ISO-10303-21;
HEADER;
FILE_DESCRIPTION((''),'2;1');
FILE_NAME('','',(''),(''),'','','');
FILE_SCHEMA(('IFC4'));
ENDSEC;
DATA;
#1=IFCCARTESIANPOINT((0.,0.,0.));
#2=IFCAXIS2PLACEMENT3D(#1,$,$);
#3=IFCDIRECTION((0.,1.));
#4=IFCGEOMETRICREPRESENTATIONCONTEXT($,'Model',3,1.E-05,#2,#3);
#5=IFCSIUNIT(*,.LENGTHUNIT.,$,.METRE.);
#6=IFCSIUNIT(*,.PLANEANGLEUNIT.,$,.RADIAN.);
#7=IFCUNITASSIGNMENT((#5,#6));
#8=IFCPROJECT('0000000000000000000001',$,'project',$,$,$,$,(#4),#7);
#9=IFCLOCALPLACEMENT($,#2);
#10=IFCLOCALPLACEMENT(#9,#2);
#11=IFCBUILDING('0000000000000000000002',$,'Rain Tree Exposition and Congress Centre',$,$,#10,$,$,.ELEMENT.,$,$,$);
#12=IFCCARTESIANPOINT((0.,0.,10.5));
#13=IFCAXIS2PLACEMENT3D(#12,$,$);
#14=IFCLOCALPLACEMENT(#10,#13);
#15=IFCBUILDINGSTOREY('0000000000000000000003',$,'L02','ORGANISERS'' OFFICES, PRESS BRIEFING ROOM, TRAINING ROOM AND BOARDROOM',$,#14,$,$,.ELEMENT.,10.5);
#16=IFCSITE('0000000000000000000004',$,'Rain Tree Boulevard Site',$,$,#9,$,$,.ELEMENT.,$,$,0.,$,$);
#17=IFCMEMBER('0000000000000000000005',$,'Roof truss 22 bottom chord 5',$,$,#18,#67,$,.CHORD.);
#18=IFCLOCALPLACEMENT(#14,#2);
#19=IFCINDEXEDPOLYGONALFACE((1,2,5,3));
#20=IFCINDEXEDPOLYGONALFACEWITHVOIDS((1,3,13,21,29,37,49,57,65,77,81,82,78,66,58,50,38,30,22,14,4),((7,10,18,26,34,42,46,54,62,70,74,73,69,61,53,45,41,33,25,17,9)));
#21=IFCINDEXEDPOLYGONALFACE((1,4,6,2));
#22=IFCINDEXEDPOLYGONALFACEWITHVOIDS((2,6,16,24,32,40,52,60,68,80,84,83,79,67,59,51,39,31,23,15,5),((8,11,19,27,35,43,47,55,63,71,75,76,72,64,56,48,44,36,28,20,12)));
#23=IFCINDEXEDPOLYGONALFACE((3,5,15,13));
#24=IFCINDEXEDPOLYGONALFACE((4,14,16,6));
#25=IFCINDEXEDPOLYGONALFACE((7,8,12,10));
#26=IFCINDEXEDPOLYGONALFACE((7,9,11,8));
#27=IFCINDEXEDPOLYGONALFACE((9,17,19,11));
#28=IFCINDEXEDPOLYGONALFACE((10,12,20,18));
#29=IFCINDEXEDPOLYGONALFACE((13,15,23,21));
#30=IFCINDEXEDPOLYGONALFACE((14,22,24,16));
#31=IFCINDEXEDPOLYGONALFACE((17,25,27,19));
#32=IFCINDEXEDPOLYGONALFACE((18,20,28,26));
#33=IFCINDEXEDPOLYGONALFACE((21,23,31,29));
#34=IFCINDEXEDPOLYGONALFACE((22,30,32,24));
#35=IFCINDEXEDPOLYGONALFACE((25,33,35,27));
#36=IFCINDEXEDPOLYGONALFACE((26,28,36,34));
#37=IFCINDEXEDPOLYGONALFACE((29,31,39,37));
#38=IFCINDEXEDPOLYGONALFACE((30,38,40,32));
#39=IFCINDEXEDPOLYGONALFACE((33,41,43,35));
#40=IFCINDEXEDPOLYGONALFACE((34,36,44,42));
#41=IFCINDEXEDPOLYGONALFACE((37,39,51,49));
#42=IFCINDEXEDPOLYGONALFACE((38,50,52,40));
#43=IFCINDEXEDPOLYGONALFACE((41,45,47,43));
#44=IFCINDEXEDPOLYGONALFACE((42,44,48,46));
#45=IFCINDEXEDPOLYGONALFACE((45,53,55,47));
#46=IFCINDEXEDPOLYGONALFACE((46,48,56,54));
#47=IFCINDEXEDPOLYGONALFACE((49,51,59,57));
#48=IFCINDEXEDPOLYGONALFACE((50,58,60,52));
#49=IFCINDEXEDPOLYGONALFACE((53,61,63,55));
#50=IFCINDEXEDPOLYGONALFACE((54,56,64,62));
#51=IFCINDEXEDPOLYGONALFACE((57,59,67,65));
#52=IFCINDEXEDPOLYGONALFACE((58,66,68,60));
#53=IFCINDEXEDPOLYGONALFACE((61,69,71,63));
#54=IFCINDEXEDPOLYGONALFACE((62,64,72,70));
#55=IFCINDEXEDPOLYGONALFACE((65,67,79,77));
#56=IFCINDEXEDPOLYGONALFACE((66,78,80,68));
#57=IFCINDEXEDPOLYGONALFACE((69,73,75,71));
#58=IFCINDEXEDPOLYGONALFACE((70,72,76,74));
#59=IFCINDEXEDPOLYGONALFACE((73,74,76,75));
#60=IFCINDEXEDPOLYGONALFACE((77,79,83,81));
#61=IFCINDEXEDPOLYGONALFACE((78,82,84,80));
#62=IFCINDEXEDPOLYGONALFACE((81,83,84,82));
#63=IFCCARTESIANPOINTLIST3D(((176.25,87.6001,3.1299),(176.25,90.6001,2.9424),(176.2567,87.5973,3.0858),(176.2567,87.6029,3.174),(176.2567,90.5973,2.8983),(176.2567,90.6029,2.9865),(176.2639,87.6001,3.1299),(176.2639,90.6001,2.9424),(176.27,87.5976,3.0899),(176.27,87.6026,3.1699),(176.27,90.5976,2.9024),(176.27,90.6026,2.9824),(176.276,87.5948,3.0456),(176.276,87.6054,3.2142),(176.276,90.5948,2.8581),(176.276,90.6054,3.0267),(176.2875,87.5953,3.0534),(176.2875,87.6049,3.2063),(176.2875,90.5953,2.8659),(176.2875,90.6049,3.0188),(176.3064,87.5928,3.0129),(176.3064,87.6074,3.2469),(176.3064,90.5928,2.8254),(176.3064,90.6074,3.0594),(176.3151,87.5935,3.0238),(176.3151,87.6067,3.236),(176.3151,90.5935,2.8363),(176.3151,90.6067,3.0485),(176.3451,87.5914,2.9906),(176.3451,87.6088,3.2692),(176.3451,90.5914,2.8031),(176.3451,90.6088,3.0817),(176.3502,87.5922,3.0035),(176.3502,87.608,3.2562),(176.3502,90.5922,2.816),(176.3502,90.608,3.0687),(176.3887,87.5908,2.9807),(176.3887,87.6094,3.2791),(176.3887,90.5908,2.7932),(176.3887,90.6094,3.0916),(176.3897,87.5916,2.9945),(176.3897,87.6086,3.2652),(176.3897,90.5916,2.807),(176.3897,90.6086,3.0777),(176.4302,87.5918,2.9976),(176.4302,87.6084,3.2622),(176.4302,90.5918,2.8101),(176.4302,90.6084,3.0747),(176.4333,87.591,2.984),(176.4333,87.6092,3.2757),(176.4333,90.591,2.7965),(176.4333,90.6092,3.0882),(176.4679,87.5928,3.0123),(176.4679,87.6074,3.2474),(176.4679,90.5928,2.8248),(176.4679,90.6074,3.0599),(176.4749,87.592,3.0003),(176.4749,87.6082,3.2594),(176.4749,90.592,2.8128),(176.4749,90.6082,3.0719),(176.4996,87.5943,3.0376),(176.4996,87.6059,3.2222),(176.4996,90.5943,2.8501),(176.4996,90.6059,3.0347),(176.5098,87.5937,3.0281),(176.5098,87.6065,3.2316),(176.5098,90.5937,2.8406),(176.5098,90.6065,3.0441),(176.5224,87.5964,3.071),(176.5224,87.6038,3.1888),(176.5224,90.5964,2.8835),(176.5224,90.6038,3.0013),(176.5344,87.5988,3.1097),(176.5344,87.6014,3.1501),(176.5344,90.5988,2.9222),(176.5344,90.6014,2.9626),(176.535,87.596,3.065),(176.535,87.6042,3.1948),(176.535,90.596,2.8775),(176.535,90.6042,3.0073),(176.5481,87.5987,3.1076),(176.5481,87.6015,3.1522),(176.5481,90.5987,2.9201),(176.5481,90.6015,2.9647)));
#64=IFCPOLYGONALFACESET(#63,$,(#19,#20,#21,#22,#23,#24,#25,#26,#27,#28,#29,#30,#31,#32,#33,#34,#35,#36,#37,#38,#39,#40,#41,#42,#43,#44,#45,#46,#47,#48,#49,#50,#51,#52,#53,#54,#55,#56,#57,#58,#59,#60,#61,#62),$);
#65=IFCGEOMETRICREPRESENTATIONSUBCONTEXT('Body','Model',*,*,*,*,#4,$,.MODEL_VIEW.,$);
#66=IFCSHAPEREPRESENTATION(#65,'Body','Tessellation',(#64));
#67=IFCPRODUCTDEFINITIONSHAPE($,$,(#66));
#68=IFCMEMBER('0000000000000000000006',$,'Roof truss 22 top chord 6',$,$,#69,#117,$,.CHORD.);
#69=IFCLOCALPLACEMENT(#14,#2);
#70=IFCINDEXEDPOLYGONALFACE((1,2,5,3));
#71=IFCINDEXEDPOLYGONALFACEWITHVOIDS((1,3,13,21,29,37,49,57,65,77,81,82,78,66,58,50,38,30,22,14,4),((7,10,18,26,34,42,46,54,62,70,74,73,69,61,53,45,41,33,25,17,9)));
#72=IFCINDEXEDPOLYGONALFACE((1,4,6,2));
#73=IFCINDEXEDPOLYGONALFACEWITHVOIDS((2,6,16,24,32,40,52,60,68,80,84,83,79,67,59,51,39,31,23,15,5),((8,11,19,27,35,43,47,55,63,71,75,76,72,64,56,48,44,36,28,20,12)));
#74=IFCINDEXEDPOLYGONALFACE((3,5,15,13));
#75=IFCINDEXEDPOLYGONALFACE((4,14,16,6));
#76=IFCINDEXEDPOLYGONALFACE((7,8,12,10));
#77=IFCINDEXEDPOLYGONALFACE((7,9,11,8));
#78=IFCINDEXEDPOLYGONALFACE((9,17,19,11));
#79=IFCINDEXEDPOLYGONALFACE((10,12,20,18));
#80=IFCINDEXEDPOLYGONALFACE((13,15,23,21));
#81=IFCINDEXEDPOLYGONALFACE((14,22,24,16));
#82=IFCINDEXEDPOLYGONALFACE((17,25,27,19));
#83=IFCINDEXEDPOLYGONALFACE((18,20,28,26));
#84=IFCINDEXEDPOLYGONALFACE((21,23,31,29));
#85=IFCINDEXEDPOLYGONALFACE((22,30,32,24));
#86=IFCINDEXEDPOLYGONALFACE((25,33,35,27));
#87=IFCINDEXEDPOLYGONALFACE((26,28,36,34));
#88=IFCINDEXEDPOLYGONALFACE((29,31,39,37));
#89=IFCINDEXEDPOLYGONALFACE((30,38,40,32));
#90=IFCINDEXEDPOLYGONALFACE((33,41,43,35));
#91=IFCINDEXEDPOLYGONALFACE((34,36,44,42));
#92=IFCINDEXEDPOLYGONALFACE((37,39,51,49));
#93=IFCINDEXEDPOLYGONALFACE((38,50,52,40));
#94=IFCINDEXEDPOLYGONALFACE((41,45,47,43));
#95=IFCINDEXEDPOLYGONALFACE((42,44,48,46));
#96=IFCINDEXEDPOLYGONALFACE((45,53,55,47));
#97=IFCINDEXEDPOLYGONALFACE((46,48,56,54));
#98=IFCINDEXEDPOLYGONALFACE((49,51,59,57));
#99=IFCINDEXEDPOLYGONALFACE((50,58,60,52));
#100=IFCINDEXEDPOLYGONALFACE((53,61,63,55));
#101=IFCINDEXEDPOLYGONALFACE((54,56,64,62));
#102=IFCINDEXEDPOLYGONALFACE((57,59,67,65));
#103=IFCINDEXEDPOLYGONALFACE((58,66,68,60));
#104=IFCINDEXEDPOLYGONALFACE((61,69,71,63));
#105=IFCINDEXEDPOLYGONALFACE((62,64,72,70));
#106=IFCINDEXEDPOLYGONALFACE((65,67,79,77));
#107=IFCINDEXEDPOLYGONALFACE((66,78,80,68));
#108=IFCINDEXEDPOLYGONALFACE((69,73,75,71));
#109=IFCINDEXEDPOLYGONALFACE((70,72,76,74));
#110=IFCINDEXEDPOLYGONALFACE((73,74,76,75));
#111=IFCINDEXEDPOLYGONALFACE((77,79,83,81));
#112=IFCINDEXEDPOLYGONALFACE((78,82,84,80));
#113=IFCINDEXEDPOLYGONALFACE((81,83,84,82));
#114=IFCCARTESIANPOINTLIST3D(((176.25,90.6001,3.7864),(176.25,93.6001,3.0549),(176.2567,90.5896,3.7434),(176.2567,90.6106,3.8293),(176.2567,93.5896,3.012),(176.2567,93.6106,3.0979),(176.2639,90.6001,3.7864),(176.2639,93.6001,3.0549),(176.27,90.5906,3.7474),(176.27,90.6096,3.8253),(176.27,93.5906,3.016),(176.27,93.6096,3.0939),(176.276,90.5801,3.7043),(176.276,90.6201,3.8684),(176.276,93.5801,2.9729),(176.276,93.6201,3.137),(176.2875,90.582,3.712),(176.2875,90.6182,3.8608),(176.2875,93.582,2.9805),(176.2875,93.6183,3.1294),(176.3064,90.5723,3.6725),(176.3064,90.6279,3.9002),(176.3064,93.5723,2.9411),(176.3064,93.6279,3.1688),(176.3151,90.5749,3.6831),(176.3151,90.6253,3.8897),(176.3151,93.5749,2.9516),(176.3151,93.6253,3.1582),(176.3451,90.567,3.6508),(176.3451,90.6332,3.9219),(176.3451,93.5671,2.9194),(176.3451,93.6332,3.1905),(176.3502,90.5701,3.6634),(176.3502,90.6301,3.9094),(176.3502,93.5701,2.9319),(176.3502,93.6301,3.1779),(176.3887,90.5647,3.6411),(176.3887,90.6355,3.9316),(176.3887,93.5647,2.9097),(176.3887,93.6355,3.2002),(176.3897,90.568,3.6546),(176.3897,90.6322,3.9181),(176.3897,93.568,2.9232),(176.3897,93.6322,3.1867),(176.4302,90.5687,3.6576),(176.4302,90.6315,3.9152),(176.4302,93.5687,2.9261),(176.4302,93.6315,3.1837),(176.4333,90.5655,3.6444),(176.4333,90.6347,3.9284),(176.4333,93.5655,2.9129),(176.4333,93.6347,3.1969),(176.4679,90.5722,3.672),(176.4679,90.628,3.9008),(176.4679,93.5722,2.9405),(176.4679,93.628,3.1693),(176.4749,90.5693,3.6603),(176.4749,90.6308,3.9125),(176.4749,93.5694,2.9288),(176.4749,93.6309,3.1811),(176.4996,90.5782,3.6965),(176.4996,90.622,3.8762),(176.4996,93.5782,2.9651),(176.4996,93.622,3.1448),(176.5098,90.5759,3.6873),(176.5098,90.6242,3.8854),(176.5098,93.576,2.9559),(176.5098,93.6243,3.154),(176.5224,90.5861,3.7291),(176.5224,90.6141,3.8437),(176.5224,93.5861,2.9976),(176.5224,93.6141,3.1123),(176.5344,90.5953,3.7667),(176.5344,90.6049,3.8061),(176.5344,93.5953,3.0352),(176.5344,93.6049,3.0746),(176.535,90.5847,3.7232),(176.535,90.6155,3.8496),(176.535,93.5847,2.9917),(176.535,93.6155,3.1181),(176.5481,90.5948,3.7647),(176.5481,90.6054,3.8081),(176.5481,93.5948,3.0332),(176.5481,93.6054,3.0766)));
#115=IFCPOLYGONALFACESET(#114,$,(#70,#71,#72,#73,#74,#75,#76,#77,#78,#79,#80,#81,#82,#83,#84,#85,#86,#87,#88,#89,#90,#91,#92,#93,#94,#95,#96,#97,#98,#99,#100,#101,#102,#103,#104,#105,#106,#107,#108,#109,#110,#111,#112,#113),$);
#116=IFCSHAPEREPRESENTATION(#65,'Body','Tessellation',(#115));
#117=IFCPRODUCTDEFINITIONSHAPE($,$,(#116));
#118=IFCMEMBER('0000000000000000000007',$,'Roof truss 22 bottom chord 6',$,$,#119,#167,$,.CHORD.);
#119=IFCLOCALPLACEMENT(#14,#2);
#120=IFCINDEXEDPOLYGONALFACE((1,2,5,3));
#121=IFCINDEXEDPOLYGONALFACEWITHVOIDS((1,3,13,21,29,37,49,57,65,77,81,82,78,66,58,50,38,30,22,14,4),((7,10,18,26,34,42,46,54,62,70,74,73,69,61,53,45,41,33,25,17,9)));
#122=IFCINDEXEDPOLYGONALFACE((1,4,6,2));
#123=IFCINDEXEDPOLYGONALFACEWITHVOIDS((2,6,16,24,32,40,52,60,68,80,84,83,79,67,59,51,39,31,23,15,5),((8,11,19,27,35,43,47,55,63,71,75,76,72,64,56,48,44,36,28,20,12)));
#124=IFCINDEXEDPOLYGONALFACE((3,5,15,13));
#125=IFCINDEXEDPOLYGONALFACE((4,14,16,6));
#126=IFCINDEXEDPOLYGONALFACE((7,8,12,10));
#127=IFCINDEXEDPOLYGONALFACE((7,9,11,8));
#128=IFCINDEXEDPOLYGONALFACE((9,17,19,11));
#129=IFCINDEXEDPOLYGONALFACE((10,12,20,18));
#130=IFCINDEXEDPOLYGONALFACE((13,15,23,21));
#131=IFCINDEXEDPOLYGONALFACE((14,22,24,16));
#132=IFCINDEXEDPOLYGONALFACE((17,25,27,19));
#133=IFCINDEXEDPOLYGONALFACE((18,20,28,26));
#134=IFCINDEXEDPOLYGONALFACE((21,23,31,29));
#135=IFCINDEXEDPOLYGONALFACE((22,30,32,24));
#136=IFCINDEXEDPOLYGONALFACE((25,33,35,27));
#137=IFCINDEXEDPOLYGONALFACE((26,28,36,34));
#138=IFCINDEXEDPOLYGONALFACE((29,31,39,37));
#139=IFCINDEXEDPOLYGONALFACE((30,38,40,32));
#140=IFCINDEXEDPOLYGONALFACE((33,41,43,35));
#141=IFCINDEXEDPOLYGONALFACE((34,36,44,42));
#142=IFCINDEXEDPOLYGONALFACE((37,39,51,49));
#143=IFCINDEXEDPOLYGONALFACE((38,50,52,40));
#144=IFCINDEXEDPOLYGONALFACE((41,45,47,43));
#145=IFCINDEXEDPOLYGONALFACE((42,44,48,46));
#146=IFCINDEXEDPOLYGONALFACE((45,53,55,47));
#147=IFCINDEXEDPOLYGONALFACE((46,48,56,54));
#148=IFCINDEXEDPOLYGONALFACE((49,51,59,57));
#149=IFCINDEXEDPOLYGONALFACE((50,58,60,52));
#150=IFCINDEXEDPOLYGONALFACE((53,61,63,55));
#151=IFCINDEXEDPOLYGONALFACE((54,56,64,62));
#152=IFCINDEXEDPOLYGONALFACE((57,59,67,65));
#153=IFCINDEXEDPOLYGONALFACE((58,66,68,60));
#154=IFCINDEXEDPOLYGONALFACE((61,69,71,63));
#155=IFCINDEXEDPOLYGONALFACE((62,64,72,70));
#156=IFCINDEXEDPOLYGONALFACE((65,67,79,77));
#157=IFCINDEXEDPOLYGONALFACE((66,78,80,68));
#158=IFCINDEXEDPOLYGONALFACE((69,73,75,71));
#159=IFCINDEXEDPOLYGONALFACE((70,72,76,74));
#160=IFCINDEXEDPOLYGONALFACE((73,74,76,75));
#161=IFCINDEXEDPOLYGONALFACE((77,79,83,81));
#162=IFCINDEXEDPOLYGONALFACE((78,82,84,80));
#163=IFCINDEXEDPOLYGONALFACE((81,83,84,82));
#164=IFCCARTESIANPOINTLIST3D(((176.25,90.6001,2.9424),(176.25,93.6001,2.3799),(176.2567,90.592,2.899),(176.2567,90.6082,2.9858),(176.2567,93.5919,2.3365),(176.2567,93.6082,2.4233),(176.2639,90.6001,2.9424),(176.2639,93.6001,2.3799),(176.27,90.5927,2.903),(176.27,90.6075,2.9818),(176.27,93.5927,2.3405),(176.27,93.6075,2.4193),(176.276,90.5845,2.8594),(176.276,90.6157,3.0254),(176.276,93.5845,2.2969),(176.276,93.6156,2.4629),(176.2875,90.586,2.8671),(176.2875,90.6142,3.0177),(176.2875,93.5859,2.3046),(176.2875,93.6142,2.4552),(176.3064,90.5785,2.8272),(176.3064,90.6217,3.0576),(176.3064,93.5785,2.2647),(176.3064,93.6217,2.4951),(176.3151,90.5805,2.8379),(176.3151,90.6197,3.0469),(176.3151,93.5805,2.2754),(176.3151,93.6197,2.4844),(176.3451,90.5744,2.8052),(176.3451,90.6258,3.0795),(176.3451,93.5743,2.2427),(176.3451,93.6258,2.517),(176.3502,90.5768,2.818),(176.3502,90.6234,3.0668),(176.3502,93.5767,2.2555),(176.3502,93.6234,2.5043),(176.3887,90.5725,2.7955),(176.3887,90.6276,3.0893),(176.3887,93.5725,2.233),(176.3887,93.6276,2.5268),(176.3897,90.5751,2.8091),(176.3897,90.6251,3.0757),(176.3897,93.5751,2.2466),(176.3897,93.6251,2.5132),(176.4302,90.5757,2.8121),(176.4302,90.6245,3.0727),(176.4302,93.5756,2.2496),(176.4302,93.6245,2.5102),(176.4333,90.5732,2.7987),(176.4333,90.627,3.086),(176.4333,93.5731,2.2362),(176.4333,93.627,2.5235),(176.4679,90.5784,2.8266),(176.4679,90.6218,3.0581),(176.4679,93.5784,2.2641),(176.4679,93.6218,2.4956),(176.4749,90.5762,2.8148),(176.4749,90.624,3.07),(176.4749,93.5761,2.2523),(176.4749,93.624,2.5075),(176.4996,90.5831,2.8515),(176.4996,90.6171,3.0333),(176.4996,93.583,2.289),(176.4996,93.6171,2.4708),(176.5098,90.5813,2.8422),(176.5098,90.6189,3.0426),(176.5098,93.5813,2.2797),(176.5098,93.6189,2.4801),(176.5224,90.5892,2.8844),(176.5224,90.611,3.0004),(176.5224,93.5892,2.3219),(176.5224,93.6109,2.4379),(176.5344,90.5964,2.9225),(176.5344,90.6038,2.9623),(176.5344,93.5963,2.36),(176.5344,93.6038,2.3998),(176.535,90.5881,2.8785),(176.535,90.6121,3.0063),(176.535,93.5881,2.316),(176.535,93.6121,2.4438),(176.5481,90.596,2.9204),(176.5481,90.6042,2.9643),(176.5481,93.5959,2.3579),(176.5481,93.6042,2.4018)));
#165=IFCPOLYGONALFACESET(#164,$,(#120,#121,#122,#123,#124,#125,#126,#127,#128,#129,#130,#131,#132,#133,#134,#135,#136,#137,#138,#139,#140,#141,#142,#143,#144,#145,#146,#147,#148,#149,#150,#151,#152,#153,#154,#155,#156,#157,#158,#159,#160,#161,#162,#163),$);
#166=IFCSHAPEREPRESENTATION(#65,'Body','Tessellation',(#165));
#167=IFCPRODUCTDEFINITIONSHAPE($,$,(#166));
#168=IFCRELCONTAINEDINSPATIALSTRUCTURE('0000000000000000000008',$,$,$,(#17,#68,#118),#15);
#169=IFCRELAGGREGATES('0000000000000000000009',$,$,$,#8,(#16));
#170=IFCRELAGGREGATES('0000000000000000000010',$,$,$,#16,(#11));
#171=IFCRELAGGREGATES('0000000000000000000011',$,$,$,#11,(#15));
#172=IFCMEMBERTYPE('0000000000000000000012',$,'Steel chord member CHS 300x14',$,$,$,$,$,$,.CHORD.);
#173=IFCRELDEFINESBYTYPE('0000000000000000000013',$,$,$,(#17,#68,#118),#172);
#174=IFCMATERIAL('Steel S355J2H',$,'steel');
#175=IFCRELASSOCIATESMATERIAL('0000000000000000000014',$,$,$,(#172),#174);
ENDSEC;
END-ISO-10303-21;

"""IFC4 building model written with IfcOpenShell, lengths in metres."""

from ifc_helpers import new_model, si_unit, direction, frame, origin, origin_2d, place, context, subcontext, project, spatial, hollow_circle, extrude, material, material_profile, profile_set, type_object, element, save


model = new_model("IFC4")

# Units and contexts
model_context = context("Model", 3, precision=1e-05, world=origin(), true_north=direction((0.0, 1.0)))
body_context = subcontext(model_context, "Body", "Model", "MODEL_VIEW")
ifc_project = project(units=[si_unit("LENGTHUNIT", "METRE"), si_unit("PLANEANGLEUNIT", "RADIAN")], contexts=[model_context])

# Site, building, storey
site_placement = place(None, origin())
site = spatial("IfcSite", under=ifc_project, at=site_placement, Name="Rain Tree Boulevard Site", CompositionType="ELEMENT", RefElevation=0.0)
building_placement = place(site_placement, origin())
building = spatial("IfcBuilding", under=site, at=building_placement, Name="Rain Tree Exposition and Congress Centre", CompositionType="ELEMENT")
storey_placement = place(building_placement, frame((0.0, 0.0, 10.5)))
storey = spatial("IfcBuildingStorey", under=building, at=storey_placement, Name="L02", Description="ORGANISERS' OFFICES, PRESS BRIEFING ROOM, TRAINING ROOM AND BOARDROOM", CompositionType="ELEMENT", Elevation=10.5)

# Members
ifc_material_1 = material(Name="Steel S355J2H", Category="steel")
ifc_material_profile_1 = material_profile(ifc_material_1, hollow_circle(Radius=0.1499, WallThickness=0.0139, at=origin_2d()), Name="CHS 300x14")
ifc_profile_set_1 = profile_set([ifc_material_profile_1], Name="Steel S355J2H")
member_type_1 = type_object("IfcMemberType", Name="Steel chord member CHS 300x14", PredefinedType="CHORD", material=ifc_profile_set_1)
member_1_placement = place(storey_placement, frame((176.3999, 87.6001, 3.1299), z_axis=(0.0, 0.998053, -0.062378), x_axis=(-1.0, 0.0, 0.0)))
element("IfcMember", 1, at=member_1_placement, inside=storey, type_object=member_type_1, Name="Roof truss 22 bottom chord 5", PredefinedType="CHORD", context=body_context, shape_type="SweptSolid", body=[
    extrude(hollow_circle(Radius=0.1499, WallThickness=0.0139, at=origin_2d()), origin(), (0.0, 0.0, 1.0), 3.0059),
])
member_2_placement = place(storey_placement, frame((176.3999, 90.6001, 3.7864), z_axis=(0.0, 0.97154, -0.236876), x_axis=(-1.0, 0.0, 0.0)))
element("IfcMember", 2, at=member_2_placement, inside=storey, type_object=member_type_1, Name="Roof truss 22 top chord 6", PredefinedType="CHORD", context=body_context, shape_type="SweptSolid", body=[
    extrude(hollow_circle(Radius=0.1499, WallThickness=0.0139, at=origin_2d()), origin(), (0.0, 0.0, 1.0), 3.0879),
])
member_3_placement = place(storey_placement, frame((176.3999, 90.6001, 2.9424), z_axis=(0.0, 0.982872, -0.184289), x_axis=(-1.0, 0.0, 0.0)))
element("IfcMember", 3, at=member_3_placement, inside=storey, type_object=member_type_1, Name="Roof truss 22 bottom chord 6", PredefinedType="CHORD", context=body_context, shape_type="SweptSolid", body=[
    extrude(hollow_circle(Radius=0.1499, WallThickness=0.0139, at=origin_2d()), origin(), (0.0, 0.0, 1.0), 3.0522),
])

save(model, "model.ifc")
